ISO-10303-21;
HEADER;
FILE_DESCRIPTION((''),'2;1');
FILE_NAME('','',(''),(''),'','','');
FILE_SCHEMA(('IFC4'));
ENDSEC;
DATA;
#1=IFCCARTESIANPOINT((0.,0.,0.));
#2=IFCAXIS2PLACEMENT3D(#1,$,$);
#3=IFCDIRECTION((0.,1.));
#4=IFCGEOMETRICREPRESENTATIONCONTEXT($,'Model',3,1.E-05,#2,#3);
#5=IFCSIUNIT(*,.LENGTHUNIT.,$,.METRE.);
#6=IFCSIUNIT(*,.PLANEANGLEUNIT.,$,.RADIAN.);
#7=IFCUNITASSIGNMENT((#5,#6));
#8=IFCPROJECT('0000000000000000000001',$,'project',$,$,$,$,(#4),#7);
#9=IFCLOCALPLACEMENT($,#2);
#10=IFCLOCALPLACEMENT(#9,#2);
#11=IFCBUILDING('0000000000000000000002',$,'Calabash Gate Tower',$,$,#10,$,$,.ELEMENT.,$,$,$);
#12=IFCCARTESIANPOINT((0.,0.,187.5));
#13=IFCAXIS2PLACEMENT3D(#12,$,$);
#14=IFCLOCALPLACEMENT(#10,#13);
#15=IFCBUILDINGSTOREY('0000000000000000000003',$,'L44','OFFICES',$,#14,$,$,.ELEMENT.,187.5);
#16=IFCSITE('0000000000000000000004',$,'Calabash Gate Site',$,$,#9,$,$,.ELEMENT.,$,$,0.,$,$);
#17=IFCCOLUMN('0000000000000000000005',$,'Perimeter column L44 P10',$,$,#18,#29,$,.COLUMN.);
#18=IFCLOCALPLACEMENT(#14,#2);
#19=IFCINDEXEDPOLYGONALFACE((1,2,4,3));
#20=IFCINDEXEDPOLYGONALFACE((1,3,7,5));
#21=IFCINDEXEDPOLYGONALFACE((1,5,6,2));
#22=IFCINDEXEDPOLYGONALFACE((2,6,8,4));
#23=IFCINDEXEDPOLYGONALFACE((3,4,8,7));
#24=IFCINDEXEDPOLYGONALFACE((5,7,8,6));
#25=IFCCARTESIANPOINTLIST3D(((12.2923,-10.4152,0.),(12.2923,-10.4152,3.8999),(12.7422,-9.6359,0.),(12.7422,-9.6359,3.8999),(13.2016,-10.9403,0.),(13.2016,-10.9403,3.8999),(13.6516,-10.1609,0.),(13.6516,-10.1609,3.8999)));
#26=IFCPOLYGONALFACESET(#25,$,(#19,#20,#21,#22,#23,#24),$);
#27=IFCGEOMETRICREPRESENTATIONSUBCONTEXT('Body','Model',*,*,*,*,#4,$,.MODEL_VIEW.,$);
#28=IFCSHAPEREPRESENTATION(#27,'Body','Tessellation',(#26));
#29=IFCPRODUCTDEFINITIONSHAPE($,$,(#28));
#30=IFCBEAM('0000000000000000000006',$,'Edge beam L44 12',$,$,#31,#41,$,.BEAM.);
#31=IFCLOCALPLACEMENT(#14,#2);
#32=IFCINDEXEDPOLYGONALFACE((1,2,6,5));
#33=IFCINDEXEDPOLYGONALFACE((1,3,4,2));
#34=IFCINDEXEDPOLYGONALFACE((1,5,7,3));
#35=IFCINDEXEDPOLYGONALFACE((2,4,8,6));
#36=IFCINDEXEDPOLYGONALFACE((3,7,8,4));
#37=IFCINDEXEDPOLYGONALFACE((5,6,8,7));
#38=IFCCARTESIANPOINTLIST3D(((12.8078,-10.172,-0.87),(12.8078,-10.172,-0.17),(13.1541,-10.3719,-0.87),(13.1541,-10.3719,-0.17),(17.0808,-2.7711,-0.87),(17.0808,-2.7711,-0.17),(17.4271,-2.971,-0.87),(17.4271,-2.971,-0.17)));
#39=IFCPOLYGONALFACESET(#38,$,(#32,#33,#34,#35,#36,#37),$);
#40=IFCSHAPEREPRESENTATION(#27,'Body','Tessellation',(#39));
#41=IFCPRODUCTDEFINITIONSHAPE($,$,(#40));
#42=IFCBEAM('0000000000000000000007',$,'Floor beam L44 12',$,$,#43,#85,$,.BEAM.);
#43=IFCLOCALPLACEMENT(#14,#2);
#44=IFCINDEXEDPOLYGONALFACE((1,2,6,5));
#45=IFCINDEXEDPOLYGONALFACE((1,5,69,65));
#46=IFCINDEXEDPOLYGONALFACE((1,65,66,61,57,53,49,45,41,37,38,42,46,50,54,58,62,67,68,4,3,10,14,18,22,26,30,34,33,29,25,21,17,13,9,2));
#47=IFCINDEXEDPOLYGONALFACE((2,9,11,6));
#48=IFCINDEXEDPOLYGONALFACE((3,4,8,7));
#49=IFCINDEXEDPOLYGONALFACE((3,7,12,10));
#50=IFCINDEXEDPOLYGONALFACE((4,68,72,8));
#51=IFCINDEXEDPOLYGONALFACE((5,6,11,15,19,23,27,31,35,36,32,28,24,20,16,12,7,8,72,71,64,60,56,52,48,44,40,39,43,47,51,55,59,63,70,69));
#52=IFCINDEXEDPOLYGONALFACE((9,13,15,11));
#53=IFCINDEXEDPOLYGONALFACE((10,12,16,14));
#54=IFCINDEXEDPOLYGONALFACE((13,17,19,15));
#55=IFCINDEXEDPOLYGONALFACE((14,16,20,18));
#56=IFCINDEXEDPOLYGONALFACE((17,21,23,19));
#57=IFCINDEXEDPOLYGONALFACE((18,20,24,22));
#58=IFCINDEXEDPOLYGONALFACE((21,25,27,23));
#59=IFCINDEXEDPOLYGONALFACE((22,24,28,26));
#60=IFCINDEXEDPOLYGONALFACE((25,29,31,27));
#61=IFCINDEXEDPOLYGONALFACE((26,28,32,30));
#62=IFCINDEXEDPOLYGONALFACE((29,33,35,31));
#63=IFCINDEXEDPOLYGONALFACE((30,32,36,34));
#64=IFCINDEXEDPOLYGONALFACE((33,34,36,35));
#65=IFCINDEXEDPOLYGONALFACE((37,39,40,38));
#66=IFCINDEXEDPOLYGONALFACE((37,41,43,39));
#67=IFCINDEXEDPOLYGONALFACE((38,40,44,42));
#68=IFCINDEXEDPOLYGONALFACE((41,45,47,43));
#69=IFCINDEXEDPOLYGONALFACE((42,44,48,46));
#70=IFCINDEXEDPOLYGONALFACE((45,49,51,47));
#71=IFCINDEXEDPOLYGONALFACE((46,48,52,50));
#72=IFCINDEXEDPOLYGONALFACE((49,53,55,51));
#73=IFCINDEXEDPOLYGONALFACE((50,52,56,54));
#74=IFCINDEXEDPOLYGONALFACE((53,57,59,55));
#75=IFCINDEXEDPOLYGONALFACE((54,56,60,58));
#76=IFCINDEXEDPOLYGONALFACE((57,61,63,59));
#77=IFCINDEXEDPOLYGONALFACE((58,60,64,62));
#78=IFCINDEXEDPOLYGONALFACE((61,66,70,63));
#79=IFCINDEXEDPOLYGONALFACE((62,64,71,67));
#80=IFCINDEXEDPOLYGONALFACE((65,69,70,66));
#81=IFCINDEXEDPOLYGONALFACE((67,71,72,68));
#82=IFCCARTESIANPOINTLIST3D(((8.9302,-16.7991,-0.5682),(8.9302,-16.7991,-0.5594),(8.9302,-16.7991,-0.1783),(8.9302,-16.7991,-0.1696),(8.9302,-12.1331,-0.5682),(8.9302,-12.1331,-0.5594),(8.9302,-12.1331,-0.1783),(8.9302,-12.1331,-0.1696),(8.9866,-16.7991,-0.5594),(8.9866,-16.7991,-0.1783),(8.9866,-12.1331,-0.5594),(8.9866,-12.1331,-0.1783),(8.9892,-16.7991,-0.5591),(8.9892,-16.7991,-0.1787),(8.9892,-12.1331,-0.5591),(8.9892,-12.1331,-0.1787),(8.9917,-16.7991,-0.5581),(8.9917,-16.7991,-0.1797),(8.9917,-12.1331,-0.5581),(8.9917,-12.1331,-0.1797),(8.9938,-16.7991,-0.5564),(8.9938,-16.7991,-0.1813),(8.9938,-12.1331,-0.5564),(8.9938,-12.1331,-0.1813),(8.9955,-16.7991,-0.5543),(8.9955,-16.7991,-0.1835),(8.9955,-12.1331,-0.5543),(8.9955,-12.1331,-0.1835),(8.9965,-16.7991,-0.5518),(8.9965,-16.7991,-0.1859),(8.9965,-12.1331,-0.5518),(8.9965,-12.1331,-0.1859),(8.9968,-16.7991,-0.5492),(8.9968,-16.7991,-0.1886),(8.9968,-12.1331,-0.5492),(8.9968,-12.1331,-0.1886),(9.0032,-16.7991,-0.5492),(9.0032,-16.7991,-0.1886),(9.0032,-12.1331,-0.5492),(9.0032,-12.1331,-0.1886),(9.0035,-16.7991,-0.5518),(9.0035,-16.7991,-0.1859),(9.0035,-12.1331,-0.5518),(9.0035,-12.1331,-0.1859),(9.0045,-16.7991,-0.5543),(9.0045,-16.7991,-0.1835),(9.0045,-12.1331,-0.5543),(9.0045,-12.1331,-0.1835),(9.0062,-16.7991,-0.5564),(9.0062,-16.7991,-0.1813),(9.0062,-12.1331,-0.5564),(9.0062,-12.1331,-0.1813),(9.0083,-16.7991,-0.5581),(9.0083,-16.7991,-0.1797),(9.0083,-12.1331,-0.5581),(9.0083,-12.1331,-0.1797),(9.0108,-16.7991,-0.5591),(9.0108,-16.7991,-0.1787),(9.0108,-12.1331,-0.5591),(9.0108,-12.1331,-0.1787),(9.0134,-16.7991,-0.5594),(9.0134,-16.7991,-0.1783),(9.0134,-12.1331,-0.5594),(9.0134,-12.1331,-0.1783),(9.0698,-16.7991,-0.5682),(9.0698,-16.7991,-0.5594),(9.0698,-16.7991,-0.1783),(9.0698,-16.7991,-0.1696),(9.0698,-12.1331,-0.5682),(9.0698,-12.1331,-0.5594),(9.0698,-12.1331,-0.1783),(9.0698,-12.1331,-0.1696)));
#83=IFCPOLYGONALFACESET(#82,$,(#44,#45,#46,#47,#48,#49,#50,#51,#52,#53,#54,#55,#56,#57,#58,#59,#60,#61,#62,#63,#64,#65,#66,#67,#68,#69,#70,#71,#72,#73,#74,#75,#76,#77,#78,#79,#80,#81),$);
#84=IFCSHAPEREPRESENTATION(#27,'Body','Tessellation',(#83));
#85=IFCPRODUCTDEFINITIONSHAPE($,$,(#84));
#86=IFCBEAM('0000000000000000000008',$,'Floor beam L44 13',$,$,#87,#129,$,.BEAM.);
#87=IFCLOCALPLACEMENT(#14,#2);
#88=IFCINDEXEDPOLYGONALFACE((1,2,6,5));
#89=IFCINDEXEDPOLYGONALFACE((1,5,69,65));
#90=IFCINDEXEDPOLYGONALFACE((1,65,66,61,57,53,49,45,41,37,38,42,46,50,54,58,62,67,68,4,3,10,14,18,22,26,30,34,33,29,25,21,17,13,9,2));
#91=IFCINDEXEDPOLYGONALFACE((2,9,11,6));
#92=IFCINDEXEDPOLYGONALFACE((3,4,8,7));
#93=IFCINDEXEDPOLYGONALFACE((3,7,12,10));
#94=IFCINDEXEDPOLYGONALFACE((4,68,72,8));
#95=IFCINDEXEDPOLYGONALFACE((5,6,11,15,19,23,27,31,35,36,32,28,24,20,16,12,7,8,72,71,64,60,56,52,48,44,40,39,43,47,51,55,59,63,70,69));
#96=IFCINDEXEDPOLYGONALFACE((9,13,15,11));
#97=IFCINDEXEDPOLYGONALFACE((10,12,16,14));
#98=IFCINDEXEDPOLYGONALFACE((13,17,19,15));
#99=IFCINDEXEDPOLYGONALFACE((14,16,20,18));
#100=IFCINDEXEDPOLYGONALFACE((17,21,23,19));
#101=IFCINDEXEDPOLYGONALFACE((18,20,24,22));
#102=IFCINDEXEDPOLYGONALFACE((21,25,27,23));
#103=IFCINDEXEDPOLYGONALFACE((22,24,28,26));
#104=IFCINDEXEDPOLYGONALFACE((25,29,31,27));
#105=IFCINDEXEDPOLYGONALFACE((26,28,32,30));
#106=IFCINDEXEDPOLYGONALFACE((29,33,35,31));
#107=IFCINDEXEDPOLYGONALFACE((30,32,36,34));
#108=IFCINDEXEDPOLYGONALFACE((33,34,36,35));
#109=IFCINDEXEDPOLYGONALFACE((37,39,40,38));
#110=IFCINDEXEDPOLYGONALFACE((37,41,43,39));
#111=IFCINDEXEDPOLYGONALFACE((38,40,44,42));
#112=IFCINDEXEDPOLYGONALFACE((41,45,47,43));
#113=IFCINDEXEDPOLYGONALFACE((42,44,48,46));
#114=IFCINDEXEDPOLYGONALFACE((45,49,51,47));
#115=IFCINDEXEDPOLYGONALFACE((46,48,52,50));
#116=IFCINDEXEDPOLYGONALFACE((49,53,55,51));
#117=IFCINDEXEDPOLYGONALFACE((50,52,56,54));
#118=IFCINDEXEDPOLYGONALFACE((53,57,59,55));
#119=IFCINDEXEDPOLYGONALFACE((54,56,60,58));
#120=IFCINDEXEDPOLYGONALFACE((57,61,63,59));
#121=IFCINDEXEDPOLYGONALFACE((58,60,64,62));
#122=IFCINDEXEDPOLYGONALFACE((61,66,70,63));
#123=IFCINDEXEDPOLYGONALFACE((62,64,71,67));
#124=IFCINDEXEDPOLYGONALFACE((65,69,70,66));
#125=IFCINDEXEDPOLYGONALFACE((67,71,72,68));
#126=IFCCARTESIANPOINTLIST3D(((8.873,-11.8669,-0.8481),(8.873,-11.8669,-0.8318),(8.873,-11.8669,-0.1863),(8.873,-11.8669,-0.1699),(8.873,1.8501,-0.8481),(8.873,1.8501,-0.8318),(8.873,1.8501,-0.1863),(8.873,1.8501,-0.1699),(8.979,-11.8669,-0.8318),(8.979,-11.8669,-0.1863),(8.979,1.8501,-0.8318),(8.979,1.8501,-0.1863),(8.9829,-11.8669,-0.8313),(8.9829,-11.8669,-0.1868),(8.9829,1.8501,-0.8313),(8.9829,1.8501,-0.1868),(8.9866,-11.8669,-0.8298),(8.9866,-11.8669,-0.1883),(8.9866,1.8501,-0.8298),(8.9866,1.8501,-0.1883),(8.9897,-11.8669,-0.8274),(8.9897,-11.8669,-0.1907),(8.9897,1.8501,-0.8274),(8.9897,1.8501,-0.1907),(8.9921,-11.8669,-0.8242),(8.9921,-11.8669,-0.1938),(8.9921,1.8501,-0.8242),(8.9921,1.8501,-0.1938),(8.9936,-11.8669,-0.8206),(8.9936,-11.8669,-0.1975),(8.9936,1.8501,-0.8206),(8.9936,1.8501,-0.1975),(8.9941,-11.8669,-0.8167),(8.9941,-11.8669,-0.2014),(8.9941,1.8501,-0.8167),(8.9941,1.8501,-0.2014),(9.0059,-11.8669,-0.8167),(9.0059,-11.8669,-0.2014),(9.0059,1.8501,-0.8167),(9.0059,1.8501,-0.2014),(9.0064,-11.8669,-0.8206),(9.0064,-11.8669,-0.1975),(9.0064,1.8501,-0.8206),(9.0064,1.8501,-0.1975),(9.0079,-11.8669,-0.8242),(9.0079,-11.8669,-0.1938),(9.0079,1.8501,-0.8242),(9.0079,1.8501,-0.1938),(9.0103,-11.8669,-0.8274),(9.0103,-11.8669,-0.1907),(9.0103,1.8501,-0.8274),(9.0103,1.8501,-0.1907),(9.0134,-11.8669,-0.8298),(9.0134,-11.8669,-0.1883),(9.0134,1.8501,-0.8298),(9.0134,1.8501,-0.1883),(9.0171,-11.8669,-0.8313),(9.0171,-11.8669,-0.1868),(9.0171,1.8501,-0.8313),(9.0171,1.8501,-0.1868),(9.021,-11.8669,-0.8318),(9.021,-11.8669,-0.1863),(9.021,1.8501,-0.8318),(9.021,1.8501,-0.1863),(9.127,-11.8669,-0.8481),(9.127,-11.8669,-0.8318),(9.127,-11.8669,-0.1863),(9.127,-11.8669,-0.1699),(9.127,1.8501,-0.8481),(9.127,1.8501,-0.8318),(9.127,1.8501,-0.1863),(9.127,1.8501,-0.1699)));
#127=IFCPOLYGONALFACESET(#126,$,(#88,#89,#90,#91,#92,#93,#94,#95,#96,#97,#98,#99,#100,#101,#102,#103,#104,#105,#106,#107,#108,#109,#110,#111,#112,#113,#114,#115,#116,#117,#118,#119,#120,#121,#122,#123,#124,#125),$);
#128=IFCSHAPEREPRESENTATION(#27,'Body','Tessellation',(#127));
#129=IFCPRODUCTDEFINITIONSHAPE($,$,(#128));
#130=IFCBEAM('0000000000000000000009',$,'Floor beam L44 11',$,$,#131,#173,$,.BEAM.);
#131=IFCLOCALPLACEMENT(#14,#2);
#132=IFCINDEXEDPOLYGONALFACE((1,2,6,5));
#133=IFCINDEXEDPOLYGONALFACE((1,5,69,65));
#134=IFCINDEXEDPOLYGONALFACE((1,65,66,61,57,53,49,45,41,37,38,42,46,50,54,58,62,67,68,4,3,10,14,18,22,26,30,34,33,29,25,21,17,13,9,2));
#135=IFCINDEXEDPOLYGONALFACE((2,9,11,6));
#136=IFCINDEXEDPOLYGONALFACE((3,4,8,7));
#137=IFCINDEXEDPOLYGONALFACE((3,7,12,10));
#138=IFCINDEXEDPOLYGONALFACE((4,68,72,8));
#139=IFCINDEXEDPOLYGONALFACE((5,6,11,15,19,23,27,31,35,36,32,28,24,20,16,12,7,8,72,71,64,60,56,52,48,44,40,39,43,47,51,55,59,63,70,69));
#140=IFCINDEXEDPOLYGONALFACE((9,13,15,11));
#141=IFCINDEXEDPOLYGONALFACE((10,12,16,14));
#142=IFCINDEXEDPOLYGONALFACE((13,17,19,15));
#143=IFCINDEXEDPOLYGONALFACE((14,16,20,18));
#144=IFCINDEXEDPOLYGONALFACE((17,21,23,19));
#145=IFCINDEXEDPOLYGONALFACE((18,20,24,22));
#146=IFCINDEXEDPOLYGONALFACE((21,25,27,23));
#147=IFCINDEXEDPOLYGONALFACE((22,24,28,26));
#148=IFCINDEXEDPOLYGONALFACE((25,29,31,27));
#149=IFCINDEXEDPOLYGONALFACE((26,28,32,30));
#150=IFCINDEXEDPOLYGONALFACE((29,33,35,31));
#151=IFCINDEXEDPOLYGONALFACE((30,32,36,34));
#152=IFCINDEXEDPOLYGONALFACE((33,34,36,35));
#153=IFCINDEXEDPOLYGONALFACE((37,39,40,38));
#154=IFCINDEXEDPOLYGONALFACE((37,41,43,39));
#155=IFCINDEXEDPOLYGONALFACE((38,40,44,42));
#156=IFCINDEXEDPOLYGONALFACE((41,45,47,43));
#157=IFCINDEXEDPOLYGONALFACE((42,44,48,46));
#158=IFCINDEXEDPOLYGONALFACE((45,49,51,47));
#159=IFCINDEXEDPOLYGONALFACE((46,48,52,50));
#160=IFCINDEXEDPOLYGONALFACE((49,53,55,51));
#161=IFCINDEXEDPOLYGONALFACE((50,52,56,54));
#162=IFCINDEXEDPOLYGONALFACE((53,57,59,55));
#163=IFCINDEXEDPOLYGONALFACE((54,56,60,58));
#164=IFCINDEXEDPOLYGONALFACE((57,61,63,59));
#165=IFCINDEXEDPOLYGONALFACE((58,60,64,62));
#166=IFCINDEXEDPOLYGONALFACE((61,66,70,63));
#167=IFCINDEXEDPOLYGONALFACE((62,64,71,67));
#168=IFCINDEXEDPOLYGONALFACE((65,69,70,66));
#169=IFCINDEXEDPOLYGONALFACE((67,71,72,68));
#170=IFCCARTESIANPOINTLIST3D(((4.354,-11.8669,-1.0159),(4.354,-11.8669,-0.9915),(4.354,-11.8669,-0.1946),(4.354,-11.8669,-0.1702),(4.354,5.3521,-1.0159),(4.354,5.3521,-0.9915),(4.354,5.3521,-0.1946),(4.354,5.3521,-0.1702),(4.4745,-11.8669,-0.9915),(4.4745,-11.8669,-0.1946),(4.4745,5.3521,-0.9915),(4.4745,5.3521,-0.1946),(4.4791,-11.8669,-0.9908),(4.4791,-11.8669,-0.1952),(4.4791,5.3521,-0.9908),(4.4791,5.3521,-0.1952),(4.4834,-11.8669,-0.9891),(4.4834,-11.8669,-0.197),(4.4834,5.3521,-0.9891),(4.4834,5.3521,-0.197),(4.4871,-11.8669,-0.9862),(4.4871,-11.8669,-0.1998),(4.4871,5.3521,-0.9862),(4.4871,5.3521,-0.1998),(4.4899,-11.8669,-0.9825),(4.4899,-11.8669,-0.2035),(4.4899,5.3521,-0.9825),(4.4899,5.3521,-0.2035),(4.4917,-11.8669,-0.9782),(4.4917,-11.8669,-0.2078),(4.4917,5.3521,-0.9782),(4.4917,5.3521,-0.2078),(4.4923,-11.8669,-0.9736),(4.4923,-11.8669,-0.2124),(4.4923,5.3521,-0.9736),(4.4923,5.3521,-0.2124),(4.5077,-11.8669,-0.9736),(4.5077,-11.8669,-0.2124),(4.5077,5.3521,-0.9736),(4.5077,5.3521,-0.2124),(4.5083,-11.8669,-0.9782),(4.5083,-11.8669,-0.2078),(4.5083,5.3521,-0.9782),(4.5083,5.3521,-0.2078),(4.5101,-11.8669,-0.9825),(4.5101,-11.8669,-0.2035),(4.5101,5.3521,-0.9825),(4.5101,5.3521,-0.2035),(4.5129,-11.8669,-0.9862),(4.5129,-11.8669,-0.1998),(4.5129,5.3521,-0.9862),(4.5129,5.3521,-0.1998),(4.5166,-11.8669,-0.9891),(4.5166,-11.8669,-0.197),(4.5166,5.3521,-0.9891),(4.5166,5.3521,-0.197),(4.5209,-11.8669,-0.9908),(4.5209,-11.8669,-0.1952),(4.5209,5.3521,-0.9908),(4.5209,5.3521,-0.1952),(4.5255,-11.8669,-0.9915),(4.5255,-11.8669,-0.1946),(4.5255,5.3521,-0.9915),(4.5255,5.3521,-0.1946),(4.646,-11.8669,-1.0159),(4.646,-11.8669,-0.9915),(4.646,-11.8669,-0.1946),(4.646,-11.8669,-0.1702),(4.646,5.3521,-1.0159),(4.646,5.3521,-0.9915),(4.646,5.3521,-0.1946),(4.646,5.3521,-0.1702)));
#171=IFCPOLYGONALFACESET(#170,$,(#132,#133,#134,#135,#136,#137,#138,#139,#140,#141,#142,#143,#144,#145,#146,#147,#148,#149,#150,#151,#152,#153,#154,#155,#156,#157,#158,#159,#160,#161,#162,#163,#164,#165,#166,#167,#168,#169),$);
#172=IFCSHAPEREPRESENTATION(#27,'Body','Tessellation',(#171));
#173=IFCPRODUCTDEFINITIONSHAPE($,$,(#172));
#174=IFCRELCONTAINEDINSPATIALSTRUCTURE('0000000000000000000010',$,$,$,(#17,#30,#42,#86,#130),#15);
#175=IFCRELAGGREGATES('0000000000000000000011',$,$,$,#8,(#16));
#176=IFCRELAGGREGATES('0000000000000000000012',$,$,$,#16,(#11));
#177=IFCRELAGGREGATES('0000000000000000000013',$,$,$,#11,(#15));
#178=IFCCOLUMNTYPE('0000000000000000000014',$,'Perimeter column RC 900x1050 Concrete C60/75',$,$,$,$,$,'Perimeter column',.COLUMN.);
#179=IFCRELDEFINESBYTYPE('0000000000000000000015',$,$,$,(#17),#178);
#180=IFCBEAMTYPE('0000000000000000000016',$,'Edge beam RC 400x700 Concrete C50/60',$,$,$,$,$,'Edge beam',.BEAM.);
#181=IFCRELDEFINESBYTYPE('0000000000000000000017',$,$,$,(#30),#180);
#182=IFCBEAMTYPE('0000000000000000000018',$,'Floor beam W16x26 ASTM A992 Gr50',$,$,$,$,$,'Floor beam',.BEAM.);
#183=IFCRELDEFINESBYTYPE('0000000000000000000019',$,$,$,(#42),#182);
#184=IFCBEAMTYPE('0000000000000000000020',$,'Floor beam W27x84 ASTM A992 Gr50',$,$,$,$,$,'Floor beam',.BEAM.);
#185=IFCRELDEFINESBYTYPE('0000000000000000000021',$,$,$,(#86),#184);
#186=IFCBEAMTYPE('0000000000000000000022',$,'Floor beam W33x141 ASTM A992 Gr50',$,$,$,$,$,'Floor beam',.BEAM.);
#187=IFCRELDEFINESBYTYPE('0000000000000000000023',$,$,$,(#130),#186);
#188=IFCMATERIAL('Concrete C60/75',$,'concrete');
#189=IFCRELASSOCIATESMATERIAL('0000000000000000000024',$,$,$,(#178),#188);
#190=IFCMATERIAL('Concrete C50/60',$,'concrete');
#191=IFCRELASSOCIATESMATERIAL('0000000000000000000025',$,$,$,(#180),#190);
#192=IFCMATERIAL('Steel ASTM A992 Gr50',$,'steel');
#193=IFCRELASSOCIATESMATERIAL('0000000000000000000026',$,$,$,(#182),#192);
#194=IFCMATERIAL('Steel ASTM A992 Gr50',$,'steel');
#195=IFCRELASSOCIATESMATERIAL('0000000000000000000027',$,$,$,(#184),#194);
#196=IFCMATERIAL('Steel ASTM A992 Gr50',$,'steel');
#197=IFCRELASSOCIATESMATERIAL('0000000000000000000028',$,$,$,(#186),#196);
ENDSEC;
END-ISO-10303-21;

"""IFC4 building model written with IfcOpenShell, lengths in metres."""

from ifc_helpers import new_model, si_unit, direction, frame, origin, origin_2d, place, context, subcontext, project, spatial, rectangle, i_section, extrude, material, material_profile, profile_set, type_object, element, save


model = new_model("IFC4")

# Units and contexts
model_context = context("Model", 3, precision=1e-05, world=origin(), true_north=direction((0.0, 1.0)))
body_context = subcontext(model_context, "Body", "Model", "MODEL_VIEW")
ifc_project = project(units=[si_unit("LENGTHUNIT", "METRE"), si_unit("PLANEANGLEUNIT", "RADIAN")], contexts=[model_context])

# Site, building, storey
site_placement = place(None, origin())
site = spatial("IfcSite", under=ifc_project, at=site_placement, Name="Calabash Gate Site", CompositionType="ELEMENT", RefElevation=0.0)
building_placement = place(site_placement, origin())
building = spatial("IfcBuilding", under=site, at=building_placement, Name="Calabash Gate Tower", CompositionType="ELEMENT")
storey_placement = place(building_placement, frame((0.0, 0.0, 187.5)))
storey = spatial("IfcBuildingStorey", under=building, at=storey_placement, Name="L44", Description="OFFICES", CompositionType="ELEMENT", Elevation=187.5)

# Column
ifc_material_1 = material(Name="Concrete C60/75", Category="concrete")
ifc_material_profile_1 = material_profile(ifc_material_1, rectangle(XDim=0.8999, YDim=1.05, at=origin_2d()))
ifc_profile_set_1 = profile_set([ifc_material_profile_1], Name="Concrete C60/75")
column_type = type_object("IfcColumnType", Name="Perimeter column RC 900x1050 Concrete C60/75", ElementType="Perimeter column", PredefinedType="COLUMN", material=ifc_profile_set_1)
column_placement = place(storey_placement, frame((12.9719, -10.2881, 0.0), z_axis=(0.0, 0.0, 1.0), x_axis=(0.5, 0.866025, 0.0)))
element("IfcColumn", 1, at=column_placement, inside=storey, type_object=column_type, Name="Perimeter column L44 P10", PredefinedType="COLUMN", context=body_context, shape_type="SweptSolid", body=[
    extrude(rectangle(XDim=0.8999, YDim=1.05, at=origin_2d()), origin(), (0.0, 0.0, 1.0), 3.8999),
])

# Beams
ifc_material_2 = material(Name="Concrete C50/60", Category="concrete")
ifc_material_profile_2 = material_profile(ifc_material_2, rectangle(XDim=0.3999, YDim=0.7, at=origin_2d()))
ifc_profile_set_2 = profile_set([ifc_material_profile_2], Name="Concrete C50/60")
beam_type_1 = type_object("IfcBeamType", Name="Edge beam RC 400x700 Concrete C50/60", ElementType="Edge beam", PredefinedType="BEAM", material=ifc_profile_set_2)
beam_1_placement = place(storey_placement, frame((12.981, -10.272, -0.52), z_axis=(0.500004, 0.866023, 0.0), x_axis=(-0.866023, 0.500004, 0.0)))
element("IfcBeam", 2, at=beam_1_placement, inside=storey, type_object=beam_type_1, Name="Edge beam L44 12", PredefinedType="BEAM", context=body_context, shape_type="SweptSolid", body=[
    extrude(rectangle(XDim=0.3999, YDim=0.7, at=origin_2d()), origin(), (0.0, 0.0, 1.0), 8.5459),
])
ifc_material_3 = material(Name="Steel ASTM A992 Gr50", Category="steel")
ifc_material_profile_3 = material_profile(ifc_material_3, i_section(OverallWidth=0.1396, OverallDepth=0.3987, WebThickness=0.0063, FlangeThickness=0.0088, FilletRadius=0.0103, at=origin_2d()))
ifc_profile_set_3 = profile_set([ifc_material_profile_3], Name="Steel ASTM A992 Gr50")
beam_type_2 = type_object("IfcBeamType", Name="Floor beam W16x26 ASTM A992 Gr50", ElementType="Floor beam", PredefinedType="BEAM", material=ifc_profile_set_3)
beam_2_placement = place(storey_placement, frame((9.0, -16.7991, -0.3689), z_axis=(0.0, 1.0, 0.0), x_axis=(-1.0, 0.0, 0.0)))
element("IfcBeam", 3, at=beam_2_placement, inside=storey, type_object=beam_type_2, Name="Floor beam L44 12", PredefinedType="BEAM", context=body_context, shape_type="SweptSolid", body=[
    extrude(i_section(OverallWidth=0.1396, OverallDepth=0.3987, WebThickness=0.0063, FlangeThickness=0.0088, FilletRadius=0.0103, at=origin_2d()), origin(), (0.0, 0.0, 1.0), 4.666),
])
ifc_material_4 = material(Name="Steel ASTM A992 Gr50", Category="steel")
ifc_material_profile_4 = material_profile(ifc_material_4, i_section(OverallWidth=0.2539, OverallDepth=0.6782, WebThickness=0.0117, FlangeThickness=0.0164, FilletRadius=0.0151, at=origin_2d()))
ifc_profile_set_4 = profile_set([ifc_material_profile_4], Name="Steel ASTM A992 Gr50")
beam_type_3 = type_object("IfcBeamType", Name="Floor beam W27x84 ASTM A992 Gr50", ElementType="Floor beam", PredefinedType="BEAM", material=ifc_profile_set_4)
beam_3_placement = place(storey_placement, frame((9.0, -11.8669, -0.509), z_axis=(0.0, 1.0, 0.0), x_axis=(-1.0, 0.0, 0.0)))
element("IfcBeam", 4, at=beam_3_placement, inside=storey, type_object=beam_type_3, Name="Floor beam L44 13", PredefinedType="BEAM", context=body_context, shape_type="SweptSolid", body=[
    extrude(i_section(OverallWidth=0.2539, OverallDepth=0.6782, WebThickness=0.0117, FlangeThickness=0.0164, FilletRadius=0.0151, at=origin_2d()), origin(), (0.0, 0.0, 1.0), 13.717),
])
ifc_material_5 = material(Name="Steel ASTM A992 Gr50", Category="steel")
ifc_material_profile_5 = material_profile(ifc_material_5, i_section(OverallWidth=0.292, OverallDepth=0.8457, WebThickness=0.0154, FlangeThickness=0.0244, FilletRadius=0.0178, at=origin_2d()))
ifc_profile_set_5 = profile_set([ifc_material_profile_5], Name="Steel ASTM A992 Gr50")
beam_type_4 = type_object("IfcBeamType", Name="Floor beam W33x141 ASTM A992 Gr50", ElementType="Floor beam", PredefinedType="BEAM", material=ifc_profile_set_5)
beam_4_placement = place(storey_placement, frame((4.5, -11.8669, -0.593), z_axis=(0.0, 1.0, 0.0), x_axis=(-1.0, 0.0, 0.0)))
element("IfcBeam", 5, at=beam_4_placement, inside=storey, type_object=beam_type_4, Name="Floor beam L44 11", PredefinedType="BEAM", context=body_context, shape_type="SweptSolid", body=[
    extrude(i_section(OverallWidth=0.292, OverallDepth=0.8457, WebThickness=0.0154, FlangeThickness=0.0244, FilletRadius=0.0178, at=origin_2d()), origin(), (0.0, 0.0, 1.0), 17.219),
])

save(model, "model.ifc")
